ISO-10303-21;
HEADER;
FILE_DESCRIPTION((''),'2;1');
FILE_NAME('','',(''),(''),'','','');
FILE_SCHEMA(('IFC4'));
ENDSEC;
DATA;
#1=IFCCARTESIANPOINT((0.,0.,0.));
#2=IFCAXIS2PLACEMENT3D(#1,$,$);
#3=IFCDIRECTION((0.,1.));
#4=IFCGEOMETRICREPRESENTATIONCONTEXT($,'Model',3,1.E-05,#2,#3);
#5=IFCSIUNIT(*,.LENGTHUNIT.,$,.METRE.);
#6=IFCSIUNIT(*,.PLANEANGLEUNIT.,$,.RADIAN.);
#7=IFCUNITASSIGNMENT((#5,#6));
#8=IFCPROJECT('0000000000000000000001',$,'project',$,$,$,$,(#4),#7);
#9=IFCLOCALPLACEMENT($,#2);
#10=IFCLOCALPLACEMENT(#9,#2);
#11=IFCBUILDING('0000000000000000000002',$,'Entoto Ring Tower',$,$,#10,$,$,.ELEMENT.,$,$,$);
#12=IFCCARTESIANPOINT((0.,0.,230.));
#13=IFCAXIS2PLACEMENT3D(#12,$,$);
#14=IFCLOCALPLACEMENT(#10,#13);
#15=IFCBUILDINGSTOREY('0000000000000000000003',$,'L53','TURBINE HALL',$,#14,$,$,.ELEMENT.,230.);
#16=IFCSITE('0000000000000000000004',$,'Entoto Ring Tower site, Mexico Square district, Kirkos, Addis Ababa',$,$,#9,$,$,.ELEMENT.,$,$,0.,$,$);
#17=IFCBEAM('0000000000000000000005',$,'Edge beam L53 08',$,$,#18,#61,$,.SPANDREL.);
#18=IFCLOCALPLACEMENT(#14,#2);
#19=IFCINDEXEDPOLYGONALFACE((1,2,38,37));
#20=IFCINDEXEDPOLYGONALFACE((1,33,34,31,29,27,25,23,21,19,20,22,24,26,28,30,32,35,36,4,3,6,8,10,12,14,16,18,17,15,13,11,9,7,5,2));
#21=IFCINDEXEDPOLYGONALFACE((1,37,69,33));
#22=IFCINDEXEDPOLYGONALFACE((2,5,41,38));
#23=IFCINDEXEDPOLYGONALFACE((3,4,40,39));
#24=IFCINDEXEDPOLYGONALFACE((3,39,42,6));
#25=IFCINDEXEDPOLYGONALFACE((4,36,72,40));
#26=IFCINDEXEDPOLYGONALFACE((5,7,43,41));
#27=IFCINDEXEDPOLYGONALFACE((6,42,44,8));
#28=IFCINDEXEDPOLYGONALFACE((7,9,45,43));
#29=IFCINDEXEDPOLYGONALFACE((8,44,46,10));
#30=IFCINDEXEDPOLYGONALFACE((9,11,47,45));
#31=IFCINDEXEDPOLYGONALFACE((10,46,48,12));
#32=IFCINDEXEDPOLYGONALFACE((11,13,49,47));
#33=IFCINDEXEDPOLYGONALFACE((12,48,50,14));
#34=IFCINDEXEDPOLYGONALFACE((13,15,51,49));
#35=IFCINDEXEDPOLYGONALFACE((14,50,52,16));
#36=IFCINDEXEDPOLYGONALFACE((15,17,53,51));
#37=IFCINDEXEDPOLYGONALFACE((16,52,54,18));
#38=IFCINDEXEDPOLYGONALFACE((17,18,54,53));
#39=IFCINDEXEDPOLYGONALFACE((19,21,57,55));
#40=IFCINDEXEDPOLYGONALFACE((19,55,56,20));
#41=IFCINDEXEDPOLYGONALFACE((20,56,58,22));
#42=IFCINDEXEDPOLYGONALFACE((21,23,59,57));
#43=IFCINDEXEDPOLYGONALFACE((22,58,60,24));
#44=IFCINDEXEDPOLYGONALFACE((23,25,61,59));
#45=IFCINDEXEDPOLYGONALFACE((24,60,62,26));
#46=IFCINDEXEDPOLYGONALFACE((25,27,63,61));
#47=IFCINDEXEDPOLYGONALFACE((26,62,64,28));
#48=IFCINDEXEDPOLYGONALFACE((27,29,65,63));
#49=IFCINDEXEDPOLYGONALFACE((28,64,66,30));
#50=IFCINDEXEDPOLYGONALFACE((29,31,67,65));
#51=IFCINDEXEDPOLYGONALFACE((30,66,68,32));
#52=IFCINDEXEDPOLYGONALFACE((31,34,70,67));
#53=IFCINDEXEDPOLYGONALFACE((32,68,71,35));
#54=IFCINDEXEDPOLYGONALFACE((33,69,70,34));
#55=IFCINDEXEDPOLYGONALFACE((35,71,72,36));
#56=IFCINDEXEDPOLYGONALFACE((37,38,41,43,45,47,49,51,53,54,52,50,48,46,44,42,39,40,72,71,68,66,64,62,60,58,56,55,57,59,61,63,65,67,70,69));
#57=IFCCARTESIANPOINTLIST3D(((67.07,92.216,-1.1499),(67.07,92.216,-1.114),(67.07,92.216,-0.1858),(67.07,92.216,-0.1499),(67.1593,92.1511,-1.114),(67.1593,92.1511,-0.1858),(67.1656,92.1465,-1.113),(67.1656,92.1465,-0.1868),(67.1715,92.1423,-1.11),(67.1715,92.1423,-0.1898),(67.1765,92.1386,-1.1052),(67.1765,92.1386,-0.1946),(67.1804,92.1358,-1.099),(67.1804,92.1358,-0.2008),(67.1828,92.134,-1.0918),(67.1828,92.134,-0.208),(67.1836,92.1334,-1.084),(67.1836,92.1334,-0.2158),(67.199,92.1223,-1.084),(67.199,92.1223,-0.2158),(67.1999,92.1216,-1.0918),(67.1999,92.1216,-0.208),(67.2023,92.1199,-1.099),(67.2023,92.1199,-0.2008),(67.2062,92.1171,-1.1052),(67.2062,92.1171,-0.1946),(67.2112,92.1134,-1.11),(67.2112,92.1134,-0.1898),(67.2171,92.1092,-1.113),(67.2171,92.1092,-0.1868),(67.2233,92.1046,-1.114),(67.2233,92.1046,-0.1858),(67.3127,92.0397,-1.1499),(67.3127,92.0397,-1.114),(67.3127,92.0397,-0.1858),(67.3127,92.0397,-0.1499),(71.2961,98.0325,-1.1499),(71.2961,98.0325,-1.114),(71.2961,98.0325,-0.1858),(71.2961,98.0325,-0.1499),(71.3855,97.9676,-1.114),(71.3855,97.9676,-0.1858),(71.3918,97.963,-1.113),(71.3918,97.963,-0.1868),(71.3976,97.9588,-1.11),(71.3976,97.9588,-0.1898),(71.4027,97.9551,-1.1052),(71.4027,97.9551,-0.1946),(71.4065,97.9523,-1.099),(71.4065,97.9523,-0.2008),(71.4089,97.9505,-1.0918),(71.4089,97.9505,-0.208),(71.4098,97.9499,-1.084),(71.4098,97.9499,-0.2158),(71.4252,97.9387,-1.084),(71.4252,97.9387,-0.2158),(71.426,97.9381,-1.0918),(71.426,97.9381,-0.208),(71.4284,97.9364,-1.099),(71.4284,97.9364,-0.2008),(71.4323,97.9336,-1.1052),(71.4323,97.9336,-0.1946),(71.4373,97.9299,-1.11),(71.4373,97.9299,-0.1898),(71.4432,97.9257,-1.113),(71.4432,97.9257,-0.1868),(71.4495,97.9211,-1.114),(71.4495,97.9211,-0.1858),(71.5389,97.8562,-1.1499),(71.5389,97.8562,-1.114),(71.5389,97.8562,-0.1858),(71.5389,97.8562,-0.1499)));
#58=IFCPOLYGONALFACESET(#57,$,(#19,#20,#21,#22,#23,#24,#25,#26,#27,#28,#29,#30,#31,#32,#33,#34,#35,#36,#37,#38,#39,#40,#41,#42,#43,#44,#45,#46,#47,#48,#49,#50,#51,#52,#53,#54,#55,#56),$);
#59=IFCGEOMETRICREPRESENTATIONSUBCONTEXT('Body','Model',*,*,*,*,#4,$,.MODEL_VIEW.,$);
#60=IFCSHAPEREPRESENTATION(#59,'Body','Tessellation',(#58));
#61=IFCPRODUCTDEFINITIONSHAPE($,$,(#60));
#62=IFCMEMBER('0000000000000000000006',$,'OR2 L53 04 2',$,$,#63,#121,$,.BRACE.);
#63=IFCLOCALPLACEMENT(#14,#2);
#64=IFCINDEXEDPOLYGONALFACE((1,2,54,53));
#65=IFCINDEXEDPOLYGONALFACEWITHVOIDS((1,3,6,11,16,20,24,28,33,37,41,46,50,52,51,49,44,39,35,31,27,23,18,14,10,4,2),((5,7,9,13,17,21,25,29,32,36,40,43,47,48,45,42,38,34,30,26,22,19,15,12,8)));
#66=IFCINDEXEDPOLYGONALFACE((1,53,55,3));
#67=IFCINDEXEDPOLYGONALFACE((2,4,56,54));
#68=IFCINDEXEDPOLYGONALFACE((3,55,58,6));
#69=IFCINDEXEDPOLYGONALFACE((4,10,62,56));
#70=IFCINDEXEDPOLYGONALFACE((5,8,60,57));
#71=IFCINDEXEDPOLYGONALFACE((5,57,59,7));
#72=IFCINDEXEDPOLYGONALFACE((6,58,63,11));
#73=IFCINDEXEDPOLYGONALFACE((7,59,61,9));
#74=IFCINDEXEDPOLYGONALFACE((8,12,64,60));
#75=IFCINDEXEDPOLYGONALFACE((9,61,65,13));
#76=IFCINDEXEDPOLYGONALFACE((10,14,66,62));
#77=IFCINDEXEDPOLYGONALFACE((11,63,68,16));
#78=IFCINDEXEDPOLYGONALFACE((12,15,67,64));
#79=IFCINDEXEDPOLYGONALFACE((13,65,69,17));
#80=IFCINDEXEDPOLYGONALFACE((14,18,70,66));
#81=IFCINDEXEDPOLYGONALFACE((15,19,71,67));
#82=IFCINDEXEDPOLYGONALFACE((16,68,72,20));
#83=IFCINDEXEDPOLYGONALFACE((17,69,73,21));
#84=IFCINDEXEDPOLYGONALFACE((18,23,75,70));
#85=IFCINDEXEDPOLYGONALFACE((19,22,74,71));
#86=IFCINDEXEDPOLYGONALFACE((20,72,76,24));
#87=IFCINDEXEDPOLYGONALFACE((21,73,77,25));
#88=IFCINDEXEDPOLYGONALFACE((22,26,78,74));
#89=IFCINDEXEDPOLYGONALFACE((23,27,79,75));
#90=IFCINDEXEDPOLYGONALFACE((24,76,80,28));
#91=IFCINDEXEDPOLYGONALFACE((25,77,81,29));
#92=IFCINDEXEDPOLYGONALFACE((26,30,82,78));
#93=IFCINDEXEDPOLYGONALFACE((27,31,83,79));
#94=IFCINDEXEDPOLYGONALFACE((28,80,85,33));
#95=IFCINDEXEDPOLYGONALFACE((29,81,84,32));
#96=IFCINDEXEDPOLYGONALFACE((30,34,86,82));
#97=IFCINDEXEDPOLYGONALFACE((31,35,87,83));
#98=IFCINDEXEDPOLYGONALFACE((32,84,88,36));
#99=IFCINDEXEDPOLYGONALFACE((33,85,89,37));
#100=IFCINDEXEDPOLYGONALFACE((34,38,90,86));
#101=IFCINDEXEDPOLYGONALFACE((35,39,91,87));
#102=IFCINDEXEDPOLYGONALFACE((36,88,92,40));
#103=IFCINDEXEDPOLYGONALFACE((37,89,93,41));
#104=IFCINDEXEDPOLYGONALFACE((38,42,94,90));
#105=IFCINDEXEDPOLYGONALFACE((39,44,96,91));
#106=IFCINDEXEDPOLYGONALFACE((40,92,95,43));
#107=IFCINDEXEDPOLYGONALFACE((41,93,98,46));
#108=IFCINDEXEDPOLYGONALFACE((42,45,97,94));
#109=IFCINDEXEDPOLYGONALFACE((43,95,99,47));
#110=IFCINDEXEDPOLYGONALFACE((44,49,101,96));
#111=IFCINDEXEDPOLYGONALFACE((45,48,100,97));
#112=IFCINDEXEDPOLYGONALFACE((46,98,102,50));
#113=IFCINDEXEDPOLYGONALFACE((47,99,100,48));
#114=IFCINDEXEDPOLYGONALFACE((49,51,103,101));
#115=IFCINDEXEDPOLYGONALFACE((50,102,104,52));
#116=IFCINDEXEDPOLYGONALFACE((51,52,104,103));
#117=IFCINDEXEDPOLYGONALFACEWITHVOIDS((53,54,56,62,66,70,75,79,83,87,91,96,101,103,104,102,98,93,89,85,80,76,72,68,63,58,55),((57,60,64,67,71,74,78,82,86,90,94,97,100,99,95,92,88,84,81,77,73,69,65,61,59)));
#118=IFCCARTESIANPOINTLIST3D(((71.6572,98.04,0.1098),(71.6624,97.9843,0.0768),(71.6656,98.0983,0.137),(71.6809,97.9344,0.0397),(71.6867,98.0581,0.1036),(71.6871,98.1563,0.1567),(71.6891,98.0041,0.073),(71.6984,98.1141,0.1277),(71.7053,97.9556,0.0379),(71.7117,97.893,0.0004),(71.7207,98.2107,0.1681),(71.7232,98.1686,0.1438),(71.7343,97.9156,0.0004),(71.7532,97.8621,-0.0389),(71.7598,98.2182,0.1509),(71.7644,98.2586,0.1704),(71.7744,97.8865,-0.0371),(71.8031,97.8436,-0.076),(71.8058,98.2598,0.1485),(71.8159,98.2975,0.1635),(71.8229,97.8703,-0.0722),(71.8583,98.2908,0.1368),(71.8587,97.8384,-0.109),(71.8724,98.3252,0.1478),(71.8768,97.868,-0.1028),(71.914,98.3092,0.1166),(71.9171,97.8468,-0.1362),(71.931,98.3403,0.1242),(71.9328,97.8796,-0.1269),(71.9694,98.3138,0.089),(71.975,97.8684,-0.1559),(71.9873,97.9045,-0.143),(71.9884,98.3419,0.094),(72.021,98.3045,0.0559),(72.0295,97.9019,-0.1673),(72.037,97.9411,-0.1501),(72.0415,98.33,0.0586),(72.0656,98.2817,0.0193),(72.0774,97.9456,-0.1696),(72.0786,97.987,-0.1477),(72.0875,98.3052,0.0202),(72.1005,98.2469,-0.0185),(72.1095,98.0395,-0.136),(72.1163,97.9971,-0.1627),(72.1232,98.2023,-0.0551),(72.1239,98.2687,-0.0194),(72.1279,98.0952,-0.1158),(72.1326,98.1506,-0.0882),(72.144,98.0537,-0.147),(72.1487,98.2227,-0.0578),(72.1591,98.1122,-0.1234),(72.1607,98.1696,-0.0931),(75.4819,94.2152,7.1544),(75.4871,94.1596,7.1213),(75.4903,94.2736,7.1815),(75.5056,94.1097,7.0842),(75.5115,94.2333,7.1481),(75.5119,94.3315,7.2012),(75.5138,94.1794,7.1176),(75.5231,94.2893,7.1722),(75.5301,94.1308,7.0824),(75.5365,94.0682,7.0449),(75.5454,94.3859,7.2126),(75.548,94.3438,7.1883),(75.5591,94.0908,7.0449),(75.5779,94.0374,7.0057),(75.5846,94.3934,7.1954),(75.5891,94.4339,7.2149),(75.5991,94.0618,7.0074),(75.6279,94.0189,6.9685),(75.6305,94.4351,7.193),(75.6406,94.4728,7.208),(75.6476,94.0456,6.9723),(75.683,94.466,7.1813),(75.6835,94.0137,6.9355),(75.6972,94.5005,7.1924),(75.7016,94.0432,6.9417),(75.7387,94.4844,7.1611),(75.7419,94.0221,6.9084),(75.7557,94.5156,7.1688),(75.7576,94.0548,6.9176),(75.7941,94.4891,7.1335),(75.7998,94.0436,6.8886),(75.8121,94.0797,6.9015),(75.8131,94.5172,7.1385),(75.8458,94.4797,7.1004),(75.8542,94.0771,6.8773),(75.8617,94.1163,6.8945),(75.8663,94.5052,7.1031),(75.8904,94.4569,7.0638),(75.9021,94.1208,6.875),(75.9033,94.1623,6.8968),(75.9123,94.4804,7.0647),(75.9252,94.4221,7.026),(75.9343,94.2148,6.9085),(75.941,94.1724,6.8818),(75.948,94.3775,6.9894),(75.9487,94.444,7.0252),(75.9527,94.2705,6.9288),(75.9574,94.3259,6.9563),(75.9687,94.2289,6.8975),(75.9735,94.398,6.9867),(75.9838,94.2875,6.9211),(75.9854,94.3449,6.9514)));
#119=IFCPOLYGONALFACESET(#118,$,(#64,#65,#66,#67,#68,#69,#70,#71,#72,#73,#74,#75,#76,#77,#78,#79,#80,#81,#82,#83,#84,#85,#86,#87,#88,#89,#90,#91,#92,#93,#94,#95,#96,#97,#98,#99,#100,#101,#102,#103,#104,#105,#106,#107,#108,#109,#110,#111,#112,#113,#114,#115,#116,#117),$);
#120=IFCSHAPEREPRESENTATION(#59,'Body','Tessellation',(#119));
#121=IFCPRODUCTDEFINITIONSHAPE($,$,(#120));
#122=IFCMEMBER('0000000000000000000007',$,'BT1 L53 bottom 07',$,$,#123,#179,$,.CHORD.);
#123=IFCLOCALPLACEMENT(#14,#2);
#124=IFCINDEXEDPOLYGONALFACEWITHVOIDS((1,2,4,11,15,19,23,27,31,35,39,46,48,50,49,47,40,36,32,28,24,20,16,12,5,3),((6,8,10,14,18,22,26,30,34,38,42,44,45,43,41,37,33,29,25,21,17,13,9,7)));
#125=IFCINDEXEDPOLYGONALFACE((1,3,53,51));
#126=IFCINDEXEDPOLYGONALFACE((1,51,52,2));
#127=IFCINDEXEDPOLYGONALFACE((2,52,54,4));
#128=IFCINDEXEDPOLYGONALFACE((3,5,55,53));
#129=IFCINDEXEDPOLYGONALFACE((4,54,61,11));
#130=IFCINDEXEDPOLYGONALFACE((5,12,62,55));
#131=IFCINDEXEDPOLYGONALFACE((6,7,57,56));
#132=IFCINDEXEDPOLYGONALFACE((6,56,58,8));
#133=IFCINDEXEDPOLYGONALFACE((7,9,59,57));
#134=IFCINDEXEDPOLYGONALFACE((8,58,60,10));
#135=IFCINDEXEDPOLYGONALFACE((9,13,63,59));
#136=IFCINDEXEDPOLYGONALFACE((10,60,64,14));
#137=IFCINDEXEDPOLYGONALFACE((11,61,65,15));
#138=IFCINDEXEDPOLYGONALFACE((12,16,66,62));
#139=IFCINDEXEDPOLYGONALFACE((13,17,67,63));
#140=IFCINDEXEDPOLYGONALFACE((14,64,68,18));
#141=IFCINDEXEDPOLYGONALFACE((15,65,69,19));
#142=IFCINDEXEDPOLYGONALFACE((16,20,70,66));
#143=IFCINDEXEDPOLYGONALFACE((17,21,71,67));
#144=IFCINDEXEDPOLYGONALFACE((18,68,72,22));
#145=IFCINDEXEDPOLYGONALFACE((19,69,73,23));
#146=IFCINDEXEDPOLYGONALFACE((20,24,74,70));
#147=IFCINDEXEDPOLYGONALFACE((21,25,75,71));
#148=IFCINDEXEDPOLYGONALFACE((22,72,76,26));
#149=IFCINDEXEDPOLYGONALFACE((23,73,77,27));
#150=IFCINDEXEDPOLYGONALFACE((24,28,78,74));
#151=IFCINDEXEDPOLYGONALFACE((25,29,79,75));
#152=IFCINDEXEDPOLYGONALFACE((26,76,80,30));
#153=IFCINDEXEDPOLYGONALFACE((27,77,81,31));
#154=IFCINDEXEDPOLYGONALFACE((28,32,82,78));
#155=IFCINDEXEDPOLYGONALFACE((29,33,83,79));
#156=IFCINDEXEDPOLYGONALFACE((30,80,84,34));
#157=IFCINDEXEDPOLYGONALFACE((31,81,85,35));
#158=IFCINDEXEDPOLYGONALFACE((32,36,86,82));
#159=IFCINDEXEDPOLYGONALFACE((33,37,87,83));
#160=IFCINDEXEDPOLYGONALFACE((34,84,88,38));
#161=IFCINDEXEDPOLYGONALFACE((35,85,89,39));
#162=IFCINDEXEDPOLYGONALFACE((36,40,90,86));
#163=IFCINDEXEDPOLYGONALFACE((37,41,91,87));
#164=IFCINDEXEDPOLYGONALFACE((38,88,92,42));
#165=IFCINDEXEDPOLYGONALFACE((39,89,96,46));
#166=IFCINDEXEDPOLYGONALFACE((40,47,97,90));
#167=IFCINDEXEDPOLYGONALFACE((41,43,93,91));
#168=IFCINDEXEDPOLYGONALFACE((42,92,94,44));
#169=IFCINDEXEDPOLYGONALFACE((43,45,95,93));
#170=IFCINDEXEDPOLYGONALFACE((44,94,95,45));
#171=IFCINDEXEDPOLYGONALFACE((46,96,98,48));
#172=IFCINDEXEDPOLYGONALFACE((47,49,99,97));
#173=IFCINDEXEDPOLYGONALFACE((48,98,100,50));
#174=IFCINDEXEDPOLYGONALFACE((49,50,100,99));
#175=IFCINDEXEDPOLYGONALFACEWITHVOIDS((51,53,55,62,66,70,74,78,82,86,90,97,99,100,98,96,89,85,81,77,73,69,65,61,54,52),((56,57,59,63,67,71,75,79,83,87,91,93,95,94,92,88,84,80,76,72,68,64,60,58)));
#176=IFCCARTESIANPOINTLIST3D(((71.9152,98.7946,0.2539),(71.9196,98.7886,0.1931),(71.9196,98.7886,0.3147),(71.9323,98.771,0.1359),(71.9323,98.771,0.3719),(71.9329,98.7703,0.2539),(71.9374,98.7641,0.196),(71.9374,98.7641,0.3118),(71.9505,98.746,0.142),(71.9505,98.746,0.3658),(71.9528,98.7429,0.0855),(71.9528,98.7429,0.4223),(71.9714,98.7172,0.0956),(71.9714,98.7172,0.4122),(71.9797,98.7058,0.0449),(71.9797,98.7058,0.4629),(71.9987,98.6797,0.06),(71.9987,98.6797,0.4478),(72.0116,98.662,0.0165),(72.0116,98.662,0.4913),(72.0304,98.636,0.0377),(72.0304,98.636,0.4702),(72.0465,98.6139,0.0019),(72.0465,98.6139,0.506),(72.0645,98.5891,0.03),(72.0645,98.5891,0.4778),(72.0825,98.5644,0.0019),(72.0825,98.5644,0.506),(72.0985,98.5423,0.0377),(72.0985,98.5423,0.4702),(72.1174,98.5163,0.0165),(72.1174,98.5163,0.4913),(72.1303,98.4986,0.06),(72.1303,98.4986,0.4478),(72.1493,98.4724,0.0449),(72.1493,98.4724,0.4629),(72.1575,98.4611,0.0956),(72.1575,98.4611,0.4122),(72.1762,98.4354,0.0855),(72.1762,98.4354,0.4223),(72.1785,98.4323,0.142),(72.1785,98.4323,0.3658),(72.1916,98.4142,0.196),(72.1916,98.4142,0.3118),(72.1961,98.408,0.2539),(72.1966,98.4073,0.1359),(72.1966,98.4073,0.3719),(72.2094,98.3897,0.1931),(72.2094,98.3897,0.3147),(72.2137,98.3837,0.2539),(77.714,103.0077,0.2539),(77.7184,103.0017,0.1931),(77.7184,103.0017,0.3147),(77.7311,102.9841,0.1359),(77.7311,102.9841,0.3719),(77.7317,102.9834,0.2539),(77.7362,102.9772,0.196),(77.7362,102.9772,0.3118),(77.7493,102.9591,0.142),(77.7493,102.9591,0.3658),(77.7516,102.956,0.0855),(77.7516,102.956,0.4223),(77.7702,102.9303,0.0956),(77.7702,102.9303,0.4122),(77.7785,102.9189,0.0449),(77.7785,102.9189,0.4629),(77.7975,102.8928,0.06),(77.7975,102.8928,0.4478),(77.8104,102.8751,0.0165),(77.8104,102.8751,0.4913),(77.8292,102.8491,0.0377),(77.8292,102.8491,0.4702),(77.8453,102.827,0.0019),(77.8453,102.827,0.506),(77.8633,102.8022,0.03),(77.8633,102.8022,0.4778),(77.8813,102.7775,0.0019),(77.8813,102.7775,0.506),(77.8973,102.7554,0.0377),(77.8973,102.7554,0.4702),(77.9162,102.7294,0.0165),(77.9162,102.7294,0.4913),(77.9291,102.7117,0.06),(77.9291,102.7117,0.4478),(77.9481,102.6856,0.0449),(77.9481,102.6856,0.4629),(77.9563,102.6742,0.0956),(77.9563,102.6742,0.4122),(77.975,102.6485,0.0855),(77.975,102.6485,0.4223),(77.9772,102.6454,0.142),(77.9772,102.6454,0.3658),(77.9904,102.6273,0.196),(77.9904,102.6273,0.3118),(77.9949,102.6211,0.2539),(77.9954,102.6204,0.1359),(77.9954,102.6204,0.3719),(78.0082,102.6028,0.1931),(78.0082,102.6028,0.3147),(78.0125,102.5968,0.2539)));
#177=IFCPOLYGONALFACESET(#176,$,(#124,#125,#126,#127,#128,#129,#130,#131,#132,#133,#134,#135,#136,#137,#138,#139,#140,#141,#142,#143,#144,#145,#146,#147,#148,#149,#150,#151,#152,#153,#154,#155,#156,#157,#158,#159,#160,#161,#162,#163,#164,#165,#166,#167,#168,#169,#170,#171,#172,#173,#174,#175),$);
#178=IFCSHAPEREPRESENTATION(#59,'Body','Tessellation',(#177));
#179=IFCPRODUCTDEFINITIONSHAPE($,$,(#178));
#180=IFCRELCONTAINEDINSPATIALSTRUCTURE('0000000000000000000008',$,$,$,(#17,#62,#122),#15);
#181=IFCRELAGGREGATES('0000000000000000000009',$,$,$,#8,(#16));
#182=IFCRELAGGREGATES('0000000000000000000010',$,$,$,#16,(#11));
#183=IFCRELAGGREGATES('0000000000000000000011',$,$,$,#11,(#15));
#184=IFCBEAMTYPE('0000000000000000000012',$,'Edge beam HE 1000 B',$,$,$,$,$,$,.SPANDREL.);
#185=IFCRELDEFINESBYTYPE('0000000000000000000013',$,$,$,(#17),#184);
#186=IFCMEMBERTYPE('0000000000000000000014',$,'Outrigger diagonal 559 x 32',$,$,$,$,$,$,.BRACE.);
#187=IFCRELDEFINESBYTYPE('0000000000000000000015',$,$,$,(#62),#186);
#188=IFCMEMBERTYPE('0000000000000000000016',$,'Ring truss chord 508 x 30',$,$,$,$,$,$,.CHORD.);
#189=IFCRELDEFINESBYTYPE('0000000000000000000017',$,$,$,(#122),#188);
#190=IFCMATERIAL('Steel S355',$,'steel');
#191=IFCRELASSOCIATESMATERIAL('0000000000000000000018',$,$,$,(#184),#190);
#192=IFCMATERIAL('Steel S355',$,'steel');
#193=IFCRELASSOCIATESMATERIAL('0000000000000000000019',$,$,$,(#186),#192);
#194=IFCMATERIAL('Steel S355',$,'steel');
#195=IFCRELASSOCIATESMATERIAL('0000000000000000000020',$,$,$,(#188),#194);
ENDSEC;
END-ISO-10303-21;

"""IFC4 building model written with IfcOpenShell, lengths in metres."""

from ifc_helpers import new_model, si_unit, direction, frame, origin, origin_2d, place, context, subcontext, project, spatial, circle, hollow_circle, i_section, extrude, material, material_profile, profile_set, type_object, element, save


model = new_model("IFC4")

# Units and contexts
model_context = context("Model", 3, precision=1e-05, world=origin(), true_north=direction((0.0, 1.0)))
body_context = subcontext(model_context, "Body", "Model", "MODEL_VIEW")
ifc_project = project(units=[si_unit("LENGTHUNIT", "METRE"), si_unit("PLANEANGLEUNIT", "RADIAN")], contexts=[model_context])

# Site, building, storey
site_placement = place(None, origin())
site = spatial("IfcSite", under=ifc_project, at=site_placement, Name="Entoto Ring Tower site, Mexico Square district, Kirkos, Addis Ababa", CompositionType="ELEMENT", RefElevation=0.0)
building_placement = place(site_placement, origin())
building = spatial("IfcBuilding", under=site, at=building_placement, Name="Entoto Ring Tower", CompositionType="ELEMENT")
storey_placement = place(building_placement, frame((0.0, 0.0, 230.0)))
storey = spatial("IfcBuildingStorey", under=building, at=storey_placement, Name="L53", Description="TURBINE HALL", CompositionType="ELEMENT", Elevation=230.0)

# Beam
ifc_material_1 = material(Name="Steel S355", Category="steel")
ifc_material_profile_1 = material_profile(ifc_material_1, i_section(OverallWidth=0.3, OverallDepth=1.0, WebThickness=0.019, FlangeThickness=0.0359, FilletRadius=0.03, at=origin_2d()), Name="HE 1000 B")
ifc_profile_set_1 = profile_set([ifc_material_profile_1], Name="Steel S355")
beam_type_1 = type_object("IfcBeamType", Name="Edge beam HE 1000 B", PredefinedType="SPANDREL", material=ifc_profile_set_1)
for number, where, z_axis, x_axis, name in (
    (1, (71.4175, 97.9443, -0.6499), (-0.587804, -0.809003, 0.0), (0.809003, -0.587804, 0.0), "Edge beam L53 08"),
):
    element("IfcBeam", number, at=place(storey_placement, frame(where, z_axis=z_axis, x_axis=x_axis)), inside=storey, type_object=beam_type_1, Name=name, PredefinedType="SPANDREL", context=body_context, shape_type="SweptSolid", body=[
        extrude(i_section(OverallWidth=0.3, OverallDepth=1.0, WebThickness=0.019, FlangeThickness=0.0359, FilletRadius=0.03, at=origin_2d()), origin(), (0.0, 0.0, 1.0), 7.1897),
    ])

# Members
ifc_material_2 = material(Name="Steel S355", Category="steel")
ifc_material_profile_2 = material_profile(ifc_material_2, hollow_circle(Radius=0.2795, WallThickness=0.032, at=origin_2d()), Name="CHS 559 x 32")
ifc_material_3 = material(Name="Concrete C60/75", Category="concrete")
ifc_material_profile_3 = material_profile(ifc_material_3, circle(Radius=0.2476, at=origin_2d()), Name="Concrete C60/75 infill")
ifc_profile_set_2 = profile_set([ifc_material_profile_2, ifc_material_profile_3], Name="Steel S355")
member_type_1 = type_object("IfcMemberType", Name="Outrigger diagonal 559 x 32", PredefinedType="BRACE", material=ifc_profile_set_2)
member_placement = place(storey_placement, frame((75.7341, 94.2659, 7.0449), z_axis=(-0.430638, 0.430638, -0.793159), x_axis=(-0.707107, -0.707107, 0.0)))
element("IfcMember", 2, at=member_placement, inside=storey, type_object=member_type_1, Name="OR2 L53 04 2", PredefinedType="BRACE", context=body_context, shape_type="SweptSolid", body=[
    extrude(hollow_circle(Radius=0.2795, WallThickness=0.032, at=origin_2d()), origin(), (0.0, 0.0, 1.0), 8.8816),
])
ifc_material_4 = material(Name="Steel S355", Category="steel")
ifc_material_profile_4 = material_profile(ifc_material_4, hollow_circle(Radius=0.2539, WallThickness=0.03, at=origin_2d()), Name="CHS 508 x 30")
ifc_material_5 = material(Name="Concrete C60/75", Category="concrete")
ifc_material_profile_5 = material_profile(ifc_material_5, circle(Radius=0.2241, at=origin_2d()), Name="Concrete C60/75 infill")
ifc_profile_set_3 = profile_set([ifc_material_profile_4, ifc_material_profile_5], Name="Steel S355")
member_type_2 = type_object("IfcMemberType", Name="Ring truss chord 508 x 30", PredefinedType="CHORD", material=ifc_profile_set_3)
for number, where, z_axis, x_axis, name in (
    (3, (77.8633, 102.8022, 0.2539), (-0.809014, -0.587789, 0.0), (0.587789, -0.809014, 0.0), "BT1 L53 bottom 07"),
):
    element("IfcMember", number, at=place(storey_placement, frame(where, z_axis=z_axis, x_axis=x_axis)), inside=storey, type_object=member_type_2, Name=name, PredefinedType="CHORD", context=body_context, shape_type="SweptSolid", body=[
        extrude(hollow_circle(Radius=0.2539, WallThickness=0.03, at=origin_2d()), origin(), (0.0, 0.0, 1.0), 7.1677),
    ])

save(model, "model.ifc")
